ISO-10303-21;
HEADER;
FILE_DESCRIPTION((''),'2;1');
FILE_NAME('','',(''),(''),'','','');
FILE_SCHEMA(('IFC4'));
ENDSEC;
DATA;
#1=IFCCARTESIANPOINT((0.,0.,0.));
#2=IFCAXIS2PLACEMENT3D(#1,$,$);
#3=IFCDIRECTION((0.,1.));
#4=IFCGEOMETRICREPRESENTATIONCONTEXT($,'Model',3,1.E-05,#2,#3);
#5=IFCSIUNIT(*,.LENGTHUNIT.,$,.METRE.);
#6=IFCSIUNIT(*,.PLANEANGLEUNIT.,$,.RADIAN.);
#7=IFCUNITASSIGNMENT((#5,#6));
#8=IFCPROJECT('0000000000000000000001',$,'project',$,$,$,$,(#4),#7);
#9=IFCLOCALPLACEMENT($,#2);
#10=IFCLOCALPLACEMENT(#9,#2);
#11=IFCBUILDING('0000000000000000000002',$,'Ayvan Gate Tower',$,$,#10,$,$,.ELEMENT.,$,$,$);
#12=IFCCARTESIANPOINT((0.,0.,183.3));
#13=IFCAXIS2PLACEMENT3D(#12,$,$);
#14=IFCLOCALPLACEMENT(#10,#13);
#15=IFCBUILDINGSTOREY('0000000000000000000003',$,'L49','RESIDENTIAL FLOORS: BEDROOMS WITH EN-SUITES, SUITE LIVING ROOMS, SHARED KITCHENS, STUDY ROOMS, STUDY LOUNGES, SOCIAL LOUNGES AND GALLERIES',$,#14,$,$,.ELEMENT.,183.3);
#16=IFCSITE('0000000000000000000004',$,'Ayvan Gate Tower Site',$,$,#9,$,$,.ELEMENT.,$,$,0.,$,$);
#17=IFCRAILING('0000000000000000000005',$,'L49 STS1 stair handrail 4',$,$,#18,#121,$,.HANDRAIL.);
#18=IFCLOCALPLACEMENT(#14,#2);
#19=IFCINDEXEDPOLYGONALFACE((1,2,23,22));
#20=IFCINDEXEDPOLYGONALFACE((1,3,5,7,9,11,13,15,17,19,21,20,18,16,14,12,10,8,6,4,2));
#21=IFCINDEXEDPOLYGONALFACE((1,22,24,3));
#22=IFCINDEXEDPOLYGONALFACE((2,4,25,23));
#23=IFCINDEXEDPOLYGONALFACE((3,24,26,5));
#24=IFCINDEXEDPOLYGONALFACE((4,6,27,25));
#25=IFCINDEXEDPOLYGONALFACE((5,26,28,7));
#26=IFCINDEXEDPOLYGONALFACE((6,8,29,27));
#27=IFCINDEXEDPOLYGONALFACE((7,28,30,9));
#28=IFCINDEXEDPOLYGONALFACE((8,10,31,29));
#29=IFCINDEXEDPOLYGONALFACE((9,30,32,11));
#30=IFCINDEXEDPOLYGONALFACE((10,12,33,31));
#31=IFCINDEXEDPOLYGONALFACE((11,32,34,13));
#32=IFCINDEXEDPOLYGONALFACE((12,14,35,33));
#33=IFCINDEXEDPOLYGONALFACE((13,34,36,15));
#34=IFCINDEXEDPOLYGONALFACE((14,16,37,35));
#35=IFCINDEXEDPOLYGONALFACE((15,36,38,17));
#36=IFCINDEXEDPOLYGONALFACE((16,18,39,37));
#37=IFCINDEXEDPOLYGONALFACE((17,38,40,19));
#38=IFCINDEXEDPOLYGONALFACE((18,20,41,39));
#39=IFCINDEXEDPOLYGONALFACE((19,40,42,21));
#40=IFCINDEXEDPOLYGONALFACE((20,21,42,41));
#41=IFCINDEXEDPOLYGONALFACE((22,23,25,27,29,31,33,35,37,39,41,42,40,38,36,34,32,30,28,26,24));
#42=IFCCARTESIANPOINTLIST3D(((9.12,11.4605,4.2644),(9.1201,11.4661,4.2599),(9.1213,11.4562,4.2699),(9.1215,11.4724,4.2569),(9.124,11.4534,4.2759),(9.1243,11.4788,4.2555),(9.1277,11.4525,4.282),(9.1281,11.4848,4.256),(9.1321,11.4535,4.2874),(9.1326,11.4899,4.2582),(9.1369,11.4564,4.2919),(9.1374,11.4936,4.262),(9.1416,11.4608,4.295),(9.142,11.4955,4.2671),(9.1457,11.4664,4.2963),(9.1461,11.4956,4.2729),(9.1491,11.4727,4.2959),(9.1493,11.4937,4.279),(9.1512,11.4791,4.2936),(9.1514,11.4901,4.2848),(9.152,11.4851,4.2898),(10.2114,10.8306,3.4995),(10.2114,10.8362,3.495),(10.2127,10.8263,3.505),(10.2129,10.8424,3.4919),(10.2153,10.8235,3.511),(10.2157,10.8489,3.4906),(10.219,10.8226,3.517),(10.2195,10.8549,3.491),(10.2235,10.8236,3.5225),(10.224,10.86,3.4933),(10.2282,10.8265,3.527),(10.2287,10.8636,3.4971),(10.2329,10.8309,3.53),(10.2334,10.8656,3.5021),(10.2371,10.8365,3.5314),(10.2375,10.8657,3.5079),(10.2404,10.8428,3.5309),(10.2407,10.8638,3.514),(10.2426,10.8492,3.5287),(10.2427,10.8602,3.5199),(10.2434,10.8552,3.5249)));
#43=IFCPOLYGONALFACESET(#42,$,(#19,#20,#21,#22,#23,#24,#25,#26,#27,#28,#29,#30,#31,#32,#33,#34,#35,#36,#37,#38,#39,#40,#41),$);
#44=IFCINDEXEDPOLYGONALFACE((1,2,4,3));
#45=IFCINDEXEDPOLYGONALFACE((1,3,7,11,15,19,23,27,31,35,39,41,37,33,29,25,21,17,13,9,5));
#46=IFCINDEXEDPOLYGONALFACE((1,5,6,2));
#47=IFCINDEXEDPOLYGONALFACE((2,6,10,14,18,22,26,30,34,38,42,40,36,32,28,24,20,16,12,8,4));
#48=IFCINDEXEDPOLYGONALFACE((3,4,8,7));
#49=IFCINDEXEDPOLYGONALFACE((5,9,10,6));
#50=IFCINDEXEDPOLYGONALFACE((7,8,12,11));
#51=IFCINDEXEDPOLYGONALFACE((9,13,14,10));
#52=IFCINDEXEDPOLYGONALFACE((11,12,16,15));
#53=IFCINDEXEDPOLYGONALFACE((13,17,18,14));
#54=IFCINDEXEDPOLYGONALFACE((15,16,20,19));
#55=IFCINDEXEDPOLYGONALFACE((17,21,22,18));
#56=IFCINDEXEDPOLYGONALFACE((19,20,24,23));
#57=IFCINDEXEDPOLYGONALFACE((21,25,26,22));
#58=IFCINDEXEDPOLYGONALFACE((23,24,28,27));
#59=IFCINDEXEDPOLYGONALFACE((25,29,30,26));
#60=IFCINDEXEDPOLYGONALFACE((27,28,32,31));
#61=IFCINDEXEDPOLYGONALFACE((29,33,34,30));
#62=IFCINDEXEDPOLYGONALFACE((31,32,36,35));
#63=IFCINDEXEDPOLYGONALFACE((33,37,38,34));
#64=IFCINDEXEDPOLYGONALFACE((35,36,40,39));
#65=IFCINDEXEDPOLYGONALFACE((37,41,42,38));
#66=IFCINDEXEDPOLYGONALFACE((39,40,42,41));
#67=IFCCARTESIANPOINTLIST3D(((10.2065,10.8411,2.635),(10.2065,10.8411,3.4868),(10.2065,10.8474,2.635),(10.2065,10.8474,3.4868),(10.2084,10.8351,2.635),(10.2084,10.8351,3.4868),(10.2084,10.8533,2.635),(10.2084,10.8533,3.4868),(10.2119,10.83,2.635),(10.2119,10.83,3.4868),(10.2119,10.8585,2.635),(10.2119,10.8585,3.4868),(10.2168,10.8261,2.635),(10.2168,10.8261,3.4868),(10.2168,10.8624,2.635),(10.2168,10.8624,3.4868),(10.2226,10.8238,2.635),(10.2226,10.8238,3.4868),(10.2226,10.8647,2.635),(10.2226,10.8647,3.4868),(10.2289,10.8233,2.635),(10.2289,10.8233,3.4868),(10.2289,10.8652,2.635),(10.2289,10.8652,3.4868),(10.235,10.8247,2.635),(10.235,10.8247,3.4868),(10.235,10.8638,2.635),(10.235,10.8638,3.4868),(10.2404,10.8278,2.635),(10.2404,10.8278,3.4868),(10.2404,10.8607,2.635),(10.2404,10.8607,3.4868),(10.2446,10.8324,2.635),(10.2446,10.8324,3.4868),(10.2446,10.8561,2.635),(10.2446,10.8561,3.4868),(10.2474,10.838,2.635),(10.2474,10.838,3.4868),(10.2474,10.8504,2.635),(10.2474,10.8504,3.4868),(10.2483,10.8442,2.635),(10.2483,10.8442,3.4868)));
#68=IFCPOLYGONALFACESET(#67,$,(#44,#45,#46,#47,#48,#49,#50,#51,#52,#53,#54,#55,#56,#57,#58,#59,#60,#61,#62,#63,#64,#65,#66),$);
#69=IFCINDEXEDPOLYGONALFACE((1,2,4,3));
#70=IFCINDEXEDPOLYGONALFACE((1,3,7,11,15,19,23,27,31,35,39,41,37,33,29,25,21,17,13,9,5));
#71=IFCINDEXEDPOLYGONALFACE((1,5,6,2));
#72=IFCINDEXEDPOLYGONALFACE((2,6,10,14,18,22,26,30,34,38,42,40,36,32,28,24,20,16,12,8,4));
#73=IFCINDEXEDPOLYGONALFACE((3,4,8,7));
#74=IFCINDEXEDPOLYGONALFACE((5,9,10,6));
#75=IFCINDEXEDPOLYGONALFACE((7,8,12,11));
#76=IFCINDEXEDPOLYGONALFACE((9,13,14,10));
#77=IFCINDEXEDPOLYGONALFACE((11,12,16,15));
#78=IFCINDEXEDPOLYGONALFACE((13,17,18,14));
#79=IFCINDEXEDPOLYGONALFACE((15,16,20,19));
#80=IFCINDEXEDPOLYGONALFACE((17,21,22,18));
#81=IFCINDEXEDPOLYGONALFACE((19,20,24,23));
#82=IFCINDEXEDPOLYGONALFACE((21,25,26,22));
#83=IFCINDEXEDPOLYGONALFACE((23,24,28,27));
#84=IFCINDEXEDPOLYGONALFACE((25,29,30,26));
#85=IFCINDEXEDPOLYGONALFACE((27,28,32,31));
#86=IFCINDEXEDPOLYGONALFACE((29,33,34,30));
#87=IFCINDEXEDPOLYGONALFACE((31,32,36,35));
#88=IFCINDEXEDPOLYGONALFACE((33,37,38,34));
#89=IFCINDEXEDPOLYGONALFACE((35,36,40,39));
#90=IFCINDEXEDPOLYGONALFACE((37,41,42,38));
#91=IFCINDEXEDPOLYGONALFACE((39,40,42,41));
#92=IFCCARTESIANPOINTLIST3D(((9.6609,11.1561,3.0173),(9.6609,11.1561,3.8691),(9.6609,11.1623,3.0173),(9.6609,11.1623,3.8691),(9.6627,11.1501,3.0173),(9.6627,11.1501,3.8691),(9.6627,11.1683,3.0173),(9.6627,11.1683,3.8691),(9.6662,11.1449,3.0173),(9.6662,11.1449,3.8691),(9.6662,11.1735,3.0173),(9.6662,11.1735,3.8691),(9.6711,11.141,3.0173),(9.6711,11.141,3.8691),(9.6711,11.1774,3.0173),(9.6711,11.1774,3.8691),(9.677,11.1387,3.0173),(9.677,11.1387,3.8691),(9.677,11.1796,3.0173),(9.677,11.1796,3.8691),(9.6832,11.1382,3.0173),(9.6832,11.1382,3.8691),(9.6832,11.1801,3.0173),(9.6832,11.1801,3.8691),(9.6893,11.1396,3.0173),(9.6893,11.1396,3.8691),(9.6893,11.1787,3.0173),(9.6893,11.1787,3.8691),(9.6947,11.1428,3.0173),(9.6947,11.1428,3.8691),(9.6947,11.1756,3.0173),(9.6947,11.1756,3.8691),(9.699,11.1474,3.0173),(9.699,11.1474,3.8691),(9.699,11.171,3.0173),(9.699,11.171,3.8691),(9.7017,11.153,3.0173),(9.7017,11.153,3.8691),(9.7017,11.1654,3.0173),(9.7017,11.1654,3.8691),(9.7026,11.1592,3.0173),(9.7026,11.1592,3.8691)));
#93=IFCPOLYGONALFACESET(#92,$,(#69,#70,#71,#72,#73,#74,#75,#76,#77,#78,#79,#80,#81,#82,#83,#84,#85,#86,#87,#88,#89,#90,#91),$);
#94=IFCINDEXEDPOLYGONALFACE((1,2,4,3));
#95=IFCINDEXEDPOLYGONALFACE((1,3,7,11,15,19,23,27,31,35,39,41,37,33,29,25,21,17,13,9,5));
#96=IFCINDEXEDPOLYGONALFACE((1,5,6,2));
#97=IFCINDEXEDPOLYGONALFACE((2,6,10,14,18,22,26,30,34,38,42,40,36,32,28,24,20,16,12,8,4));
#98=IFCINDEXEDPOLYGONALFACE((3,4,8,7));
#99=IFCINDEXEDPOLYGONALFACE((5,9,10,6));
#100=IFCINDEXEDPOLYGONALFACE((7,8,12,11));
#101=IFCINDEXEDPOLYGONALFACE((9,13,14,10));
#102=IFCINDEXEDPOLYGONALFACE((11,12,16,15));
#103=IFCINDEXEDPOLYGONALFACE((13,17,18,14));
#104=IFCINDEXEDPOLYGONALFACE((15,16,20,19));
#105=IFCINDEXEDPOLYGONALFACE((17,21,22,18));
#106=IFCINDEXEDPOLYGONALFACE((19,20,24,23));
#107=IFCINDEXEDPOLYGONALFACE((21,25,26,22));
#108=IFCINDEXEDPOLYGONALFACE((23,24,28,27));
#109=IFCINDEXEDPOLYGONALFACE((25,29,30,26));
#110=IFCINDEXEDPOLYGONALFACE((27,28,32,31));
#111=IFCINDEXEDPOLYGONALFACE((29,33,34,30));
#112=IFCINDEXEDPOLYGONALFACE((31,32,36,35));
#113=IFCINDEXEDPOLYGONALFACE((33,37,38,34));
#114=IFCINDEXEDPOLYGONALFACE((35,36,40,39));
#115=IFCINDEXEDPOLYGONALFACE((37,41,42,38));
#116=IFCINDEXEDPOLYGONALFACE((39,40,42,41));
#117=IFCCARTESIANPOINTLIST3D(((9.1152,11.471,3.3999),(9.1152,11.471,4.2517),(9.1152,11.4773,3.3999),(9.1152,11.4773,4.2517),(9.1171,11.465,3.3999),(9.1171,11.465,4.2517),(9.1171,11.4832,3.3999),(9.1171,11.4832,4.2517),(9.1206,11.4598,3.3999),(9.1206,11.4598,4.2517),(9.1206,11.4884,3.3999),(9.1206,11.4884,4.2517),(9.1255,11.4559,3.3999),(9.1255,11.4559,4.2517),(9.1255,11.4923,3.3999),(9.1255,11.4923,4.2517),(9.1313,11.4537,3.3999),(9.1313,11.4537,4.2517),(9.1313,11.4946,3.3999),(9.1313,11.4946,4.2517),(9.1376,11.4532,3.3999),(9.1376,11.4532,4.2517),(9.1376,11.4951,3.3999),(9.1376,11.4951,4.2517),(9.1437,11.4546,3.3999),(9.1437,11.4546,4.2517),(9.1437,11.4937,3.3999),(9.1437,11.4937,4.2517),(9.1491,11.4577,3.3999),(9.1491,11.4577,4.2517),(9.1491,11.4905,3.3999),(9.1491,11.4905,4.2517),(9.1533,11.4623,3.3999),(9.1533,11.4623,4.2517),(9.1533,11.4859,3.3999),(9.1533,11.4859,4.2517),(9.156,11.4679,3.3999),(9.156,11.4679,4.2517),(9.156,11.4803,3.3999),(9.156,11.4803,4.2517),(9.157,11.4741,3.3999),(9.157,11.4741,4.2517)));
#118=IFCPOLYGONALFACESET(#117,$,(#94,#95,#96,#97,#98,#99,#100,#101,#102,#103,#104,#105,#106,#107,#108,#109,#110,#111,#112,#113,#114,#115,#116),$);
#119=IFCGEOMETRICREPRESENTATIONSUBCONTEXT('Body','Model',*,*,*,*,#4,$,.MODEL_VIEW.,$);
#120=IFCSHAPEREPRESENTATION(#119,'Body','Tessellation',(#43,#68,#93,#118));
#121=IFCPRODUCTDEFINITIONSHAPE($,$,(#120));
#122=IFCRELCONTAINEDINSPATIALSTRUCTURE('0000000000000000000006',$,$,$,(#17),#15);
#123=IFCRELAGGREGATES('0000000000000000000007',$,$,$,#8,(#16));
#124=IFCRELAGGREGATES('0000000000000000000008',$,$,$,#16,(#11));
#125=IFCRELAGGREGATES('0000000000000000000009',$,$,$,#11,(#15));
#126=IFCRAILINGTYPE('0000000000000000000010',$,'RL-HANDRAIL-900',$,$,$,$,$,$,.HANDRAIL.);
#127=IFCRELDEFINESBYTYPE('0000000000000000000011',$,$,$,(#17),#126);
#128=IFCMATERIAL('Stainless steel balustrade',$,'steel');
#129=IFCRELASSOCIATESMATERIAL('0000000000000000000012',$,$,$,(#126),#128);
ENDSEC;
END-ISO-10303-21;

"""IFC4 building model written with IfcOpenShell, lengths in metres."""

from ifc_helpers import new_model, si_unit, direction, frame, origin, origin_2d, place, context, subcontext, project, spatial, circle, extrude, material, type_object, element, save


model = new_model("IFC4")

# Units and contexts
model_context = context("Model", 3, precision=1e-05, world=origin(), true_north=direction((0.0, 1.0)))
body_context = subcontext(model_context, "Body", "Model", "MODEL_VIEW")
ifc_project = project(units=[si_unit("LENGTHUNIT", "METRE"), si_unit("PLANEANGLEUNIT", "RADIAN")], contexts=[model_context])

# Site, building, storey
site_placement = place(None, origin())
site = spatial("IfcSite", under=ifc_project, at=site_placement, Name="Ayvan Gate Tower Site", CompositionType="ELEMENT", RefElevation=0.0)
building_placement = place(site_placement, origin())
building = spatial("IfcBuilding", under=site, at=building_placement, Name="Ayvan Gate Tower", CompositionType="ELEMENT")
storey_placement = place(building_placement, frame((0.0, 0.0, 183.3)))
storey = spatial("IfcBuildingStorey", under=building, at=storey_placement, Name="L49", Description="RESIDENTIAL FLOORS: BEDROOMS WITH EN-SUITES, SUITE LIVING ROOMS, SHARED KITCHENS, STUDY ROOMS, STUDY LOUNGES, SOCIAL LOUNGES AND GALLERIES", CompositionType="ELEMENT", Elevation=183.3)

# Railing
ifc_material_1 = material(Name="Stainless steel balustrade", Category="steel")
railing_type_1 = type_object("IfcRailingType", Name="RL-HANDRAIL-900", PredefinedType="HANDRAIL", material=ifc_material_1)
railing_1_placement = place(storey_placement, frame((10.2273, 10.8442, 2.635)))
element("IfcRailing", 1, at=railing_1_placement, inside=storey, type_object=railing_type_1, Name="L49 STS1 stair handrail 4", PredefinedType="HANDRAIL", context=body_context, shape_type="SweptSolid", body=[
    extrude(circle(Radius=0.0239, at=origin_2d()), frame((0.0, 0.0, 0.876), z_axis=(-0.740357, 0.42732, 0.518912), x_axis=(-0.49989, -0.866089, 0.0)), (0.0, 0.0, 1.0), 1.4741),
    extrude(circle(Radius=0.021, at=origin_2d()), origin(), (0.0, 0.0, 1.0), 0.8518),
    extrude(circle(Radius=0.021, at=origin_2d()), frame((-0.5457, 0.3149, 0.3823)), (0.0, 0.0, 1.0), 0.8518),
    extrude(circle(Radius=0.021, at=origin_2d()), frame((-1.0913, 0.6299, 0.7649)), (0.0, 0.0, 1.0), 0.8518),
])

save(model, "model.ifc")
